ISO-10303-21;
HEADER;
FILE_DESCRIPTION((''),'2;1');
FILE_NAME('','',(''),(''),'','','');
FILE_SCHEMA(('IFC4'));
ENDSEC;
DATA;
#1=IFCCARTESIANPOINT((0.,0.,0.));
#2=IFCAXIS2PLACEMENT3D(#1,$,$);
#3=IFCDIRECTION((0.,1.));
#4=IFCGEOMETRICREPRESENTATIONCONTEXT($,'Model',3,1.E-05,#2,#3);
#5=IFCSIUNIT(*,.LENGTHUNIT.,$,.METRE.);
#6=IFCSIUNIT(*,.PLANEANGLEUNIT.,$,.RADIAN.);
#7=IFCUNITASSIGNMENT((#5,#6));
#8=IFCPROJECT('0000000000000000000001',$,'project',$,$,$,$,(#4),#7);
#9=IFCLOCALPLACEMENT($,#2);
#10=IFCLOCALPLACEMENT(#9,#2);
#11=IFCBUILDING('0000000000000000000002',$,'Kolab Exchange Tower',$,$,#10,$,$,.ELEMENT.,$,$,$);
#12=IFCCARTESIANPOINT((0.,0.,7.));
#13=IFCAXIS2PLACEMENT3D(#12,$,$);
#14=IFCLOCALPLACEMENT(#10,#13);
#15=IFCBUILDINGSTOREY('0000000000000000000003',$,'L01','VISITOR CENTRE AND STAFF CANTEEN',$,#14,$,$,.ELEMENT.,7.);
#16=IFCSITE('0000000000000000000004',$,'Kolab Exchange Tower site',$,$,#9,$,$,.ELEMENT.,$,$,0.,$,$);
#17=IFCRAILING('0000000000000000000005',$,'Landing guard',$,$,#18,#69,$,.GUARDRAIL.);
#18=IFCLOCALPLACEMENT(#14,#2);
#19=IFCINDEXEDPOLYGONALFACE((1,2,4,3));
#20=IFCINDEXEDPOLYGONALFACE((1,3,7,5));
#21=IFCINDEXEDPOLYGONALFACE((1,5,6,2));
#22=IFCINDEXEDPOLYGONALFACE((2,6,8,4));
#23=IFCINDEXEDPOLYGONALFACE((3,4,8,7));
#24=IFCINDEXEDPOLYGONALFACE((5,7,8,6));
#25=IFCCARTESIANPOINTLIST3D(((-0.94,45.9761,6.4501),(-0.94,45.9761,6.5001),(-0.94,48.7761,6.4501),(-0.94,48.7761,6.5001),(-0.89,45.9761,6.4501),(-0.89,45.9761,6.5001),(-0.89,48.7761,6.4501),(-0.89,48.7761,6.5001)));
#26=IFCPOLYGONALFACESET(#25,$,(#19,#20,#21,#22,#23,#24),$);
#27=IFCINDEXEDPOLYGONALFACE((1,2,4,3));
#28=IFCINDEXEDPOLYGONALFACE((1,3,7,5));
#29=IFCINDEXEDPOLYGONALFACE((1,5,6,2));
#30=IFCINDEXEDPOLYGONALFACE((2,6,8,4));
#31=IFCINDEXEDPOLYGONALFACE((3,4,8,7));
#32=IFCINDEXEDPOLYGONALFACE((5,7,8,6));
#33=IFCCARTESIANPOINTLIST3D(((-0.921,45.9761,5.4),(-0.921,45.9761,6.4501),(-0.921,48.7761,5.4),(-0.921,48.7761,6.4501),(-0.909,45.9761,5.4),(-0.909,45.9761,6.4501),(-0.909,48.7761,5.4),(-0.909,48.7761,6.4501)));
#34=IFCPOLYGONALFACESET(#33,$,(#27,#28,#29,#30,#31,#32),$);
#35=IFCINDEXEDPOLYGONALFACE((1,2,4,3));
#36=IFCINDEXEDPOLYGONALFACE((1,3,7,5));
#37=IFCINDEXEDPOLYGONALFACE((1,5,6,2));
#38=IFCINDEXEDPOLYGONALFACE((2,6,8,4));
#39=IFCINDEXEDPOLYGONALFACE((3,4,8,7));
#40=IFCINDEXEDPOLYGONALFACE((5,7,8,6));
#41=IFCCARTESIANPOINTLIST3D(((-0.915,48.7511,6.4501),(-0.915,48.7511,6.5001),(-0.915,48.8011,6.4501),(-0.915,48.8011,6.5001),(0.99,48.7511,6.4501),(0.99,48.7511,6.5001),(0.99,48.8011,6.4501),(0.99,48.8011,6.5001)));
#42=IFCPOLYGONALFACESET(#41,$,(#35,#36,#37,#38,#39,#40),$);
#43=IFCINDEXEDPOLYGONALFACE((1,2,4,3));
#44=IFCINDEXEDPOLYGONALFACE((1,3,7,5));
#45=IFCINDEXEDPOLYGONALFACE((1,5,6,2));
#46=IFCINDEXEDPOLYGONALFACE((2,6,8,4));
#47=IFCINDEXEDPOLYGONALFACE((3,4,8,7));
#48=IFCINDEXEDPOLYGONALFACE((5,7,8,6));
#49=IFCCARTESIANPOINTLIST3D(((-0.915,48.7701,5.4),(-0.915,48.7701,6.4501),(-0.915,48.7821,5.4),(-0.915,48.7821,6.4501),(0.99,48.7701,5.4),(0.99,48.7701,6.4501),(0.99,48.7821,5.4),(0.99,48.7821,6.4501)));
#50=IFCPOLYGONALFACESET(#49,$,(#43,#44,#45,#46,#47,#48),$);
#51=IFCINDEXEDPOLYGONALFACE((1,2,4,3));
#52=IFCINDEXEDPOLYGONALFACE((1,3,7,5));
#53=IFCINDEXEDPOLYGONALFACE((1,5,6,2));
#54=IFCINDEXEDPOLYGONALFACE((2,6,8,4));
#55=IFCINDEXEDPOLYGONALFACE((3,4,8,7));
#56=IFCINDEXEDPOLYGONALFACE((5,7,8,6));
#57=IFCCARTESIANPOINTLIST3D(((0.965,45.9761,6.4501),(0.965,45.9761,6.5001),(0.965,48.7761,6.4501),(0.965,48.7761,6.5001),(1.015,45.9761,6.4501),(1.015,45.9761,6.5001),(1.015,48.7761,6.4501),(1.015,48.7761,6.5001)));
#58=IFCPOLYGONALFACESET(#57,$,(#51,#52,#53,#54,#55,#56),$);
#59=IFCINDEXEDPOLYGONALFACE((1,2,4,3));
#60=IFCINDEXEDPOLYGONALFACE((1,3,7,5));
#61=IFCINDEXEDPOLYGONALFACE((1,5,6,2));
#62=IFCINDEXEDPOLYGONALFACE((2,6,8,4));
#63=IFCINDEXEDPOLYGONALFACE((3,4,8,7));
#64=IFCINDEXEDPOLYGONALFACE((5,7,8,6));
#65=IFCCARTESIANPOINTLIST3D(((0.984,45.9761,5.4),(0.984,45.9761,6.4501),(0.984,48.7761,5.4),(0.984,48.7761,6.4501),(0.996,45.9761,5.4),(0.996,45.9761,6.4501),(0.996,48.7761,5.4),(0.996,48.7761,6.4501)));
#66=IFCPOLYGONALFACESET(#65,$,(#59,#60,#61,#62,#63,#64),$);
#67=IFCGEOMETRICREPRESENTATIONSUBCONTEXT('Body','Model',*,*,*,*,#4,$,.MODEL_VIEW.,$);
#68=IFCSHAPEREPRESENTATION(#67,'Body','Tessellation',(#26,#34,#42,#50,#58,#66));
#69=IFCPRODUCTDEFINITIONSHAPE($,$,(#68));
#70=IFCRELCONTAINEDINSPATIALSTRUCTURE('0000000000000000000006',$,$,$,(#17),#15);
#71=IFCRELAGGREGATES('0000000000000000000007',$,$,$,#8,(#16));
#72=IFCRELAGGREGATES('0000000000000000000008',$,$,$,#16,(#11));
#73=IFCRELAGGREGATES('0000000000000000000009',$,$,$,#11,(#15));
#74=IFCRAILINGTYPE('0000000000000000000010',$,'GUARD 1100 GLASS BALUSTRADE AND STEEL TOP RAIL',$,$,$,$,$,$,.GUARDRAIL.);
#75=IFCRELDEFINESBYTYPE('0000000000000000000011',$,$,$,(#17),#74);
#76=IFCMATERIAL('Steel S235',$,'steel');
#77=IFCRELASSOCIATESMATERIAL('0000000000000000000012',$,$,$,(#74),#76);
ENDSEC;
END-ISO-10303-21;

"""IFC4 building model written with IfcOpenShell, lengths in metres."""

from ifc_helpers import new_model, si_unit, direction, frame, frame_2d, origin, origin_2d, place, context, subcontext, project, spatial, rectangle, extrude, material, type_object, element, save


model = new_model("IFC4")

# Units and contexts
model_context = context("Model", 3, precision=1e-05, world=origin(), true_north=direction((0.0, 1.0)))
body_context = subcontext(model_context, "Body", "Model", "MODEL_VIEW")
ifc_project = project(units=[si_unit("LENGTHUNIT", "METRE"), si_unit("PLANEANGLEUNIT", "RADIAN")], contexts=[model_context])

# Site, building, storey
site_placement = place(None, origin())
site = spatial("IfcSite", under=ifc_project, at=site_placement, Name="Kolab Exchange Tower site", CompositionType="ELEMENT", RefElevation=0.0)
building_placement = place(site_placement, origin())
building = spatial("IfcBuilding", under=site, at=building_placement, Name="Kolab Exchange Tower", CompositionType="ELEMENT")
storey_placement = place(building_placement, frame((0.0, 0.0, 7.0)))
storey = spatial("IfcBuildingStorey", under=building, at=storey_placement, Name="L01", Description="VISITOR CENTRE AND STAFF CANTEEN", CompositionType="ELEMENT", Elevation=7.0)

# Railing
ifc_material_1 = material(Name="Steel S235", Category="steel")
railing_type = type_object("IfcRailingType", Name="GUARD 1100 GLASS BALUSTRADE AND STEEL TOP RAIL", PredefinedType="GUARDRAIL", material=ifc_material_1)
railing_placement = place(storey_placement, frame((-0.915, 45.9761, 5.3999)))
element("IfcRailing", 1, at=railing_placement, inside=storey, type_object=railing_type, Name="Landing guard", PredefinedType="GUARDRAIL", context=body_context, shape_type="SweptSolid", body=[
    extrude(rectangle(XDim=0.05, YDim=0.05, at=origin_2d()), frame((0.0, 0.0, 1.0752), z_axis=(0.0, 1.0, 0.0), x_axis=(-1.0, 0.0, 0.0)), (0.0, 0.0, 1.0), 2.8),
    extrude(rectangle(XDim=0.012, YDim=1.0501, at=frame_2d((0.0, 0.5251))), frame((0.0, 0.0, 0.0), z_axis=(0.0, 1.0, 0.0), x_axis=(-1.0, 0.0, 0.0)), (0.0, 0.0, 1.0), 2.8),
    extrude(rectangle(XDim=0.05, YDim=0.05, at=origin_2d()), frame((0.0, 2.8, 1.0752), z_axis=(1.0, 0.0, 0.0), x_axis=(0.0, 1.0, 0.0)), (0.0, 0.0, 1.0), 1.905),
    extrude(rectangle(XDim=0.012, YDim=1.0501, at=frame_2d((0.0, 0.5251))), frame((0.0, 2.8, 0.0), z_axis=(1.0, 0.0, 0.0), x_axis=(0.0, 1.0, 0.0)), (0.0, 0.0, 1.0), 1.905),
    extrude(rectangle(XDim=0.05, YDim=0.05, at=origin_2d()), frame((1.905, 2.8, 1.0752), z_axis=(0.0, -1.0, 0.0), x_axis=(1.0, 0.0, 0.0)), (0.0, 0.0, 1.0), 2.8),
    extrude(rectangle(XDim=0.012, YDim=1.0501, at=frame_2d((0.0, 0.5251))), frame((1.905, 2.8, 0.0), z_axis=(0.0, -1.0, 0.0), x_axis=(1.0, 0.0, 0.0)), (0.0, 0.0, 1.0), 2.8),
])

save(model, "model.ifc")
